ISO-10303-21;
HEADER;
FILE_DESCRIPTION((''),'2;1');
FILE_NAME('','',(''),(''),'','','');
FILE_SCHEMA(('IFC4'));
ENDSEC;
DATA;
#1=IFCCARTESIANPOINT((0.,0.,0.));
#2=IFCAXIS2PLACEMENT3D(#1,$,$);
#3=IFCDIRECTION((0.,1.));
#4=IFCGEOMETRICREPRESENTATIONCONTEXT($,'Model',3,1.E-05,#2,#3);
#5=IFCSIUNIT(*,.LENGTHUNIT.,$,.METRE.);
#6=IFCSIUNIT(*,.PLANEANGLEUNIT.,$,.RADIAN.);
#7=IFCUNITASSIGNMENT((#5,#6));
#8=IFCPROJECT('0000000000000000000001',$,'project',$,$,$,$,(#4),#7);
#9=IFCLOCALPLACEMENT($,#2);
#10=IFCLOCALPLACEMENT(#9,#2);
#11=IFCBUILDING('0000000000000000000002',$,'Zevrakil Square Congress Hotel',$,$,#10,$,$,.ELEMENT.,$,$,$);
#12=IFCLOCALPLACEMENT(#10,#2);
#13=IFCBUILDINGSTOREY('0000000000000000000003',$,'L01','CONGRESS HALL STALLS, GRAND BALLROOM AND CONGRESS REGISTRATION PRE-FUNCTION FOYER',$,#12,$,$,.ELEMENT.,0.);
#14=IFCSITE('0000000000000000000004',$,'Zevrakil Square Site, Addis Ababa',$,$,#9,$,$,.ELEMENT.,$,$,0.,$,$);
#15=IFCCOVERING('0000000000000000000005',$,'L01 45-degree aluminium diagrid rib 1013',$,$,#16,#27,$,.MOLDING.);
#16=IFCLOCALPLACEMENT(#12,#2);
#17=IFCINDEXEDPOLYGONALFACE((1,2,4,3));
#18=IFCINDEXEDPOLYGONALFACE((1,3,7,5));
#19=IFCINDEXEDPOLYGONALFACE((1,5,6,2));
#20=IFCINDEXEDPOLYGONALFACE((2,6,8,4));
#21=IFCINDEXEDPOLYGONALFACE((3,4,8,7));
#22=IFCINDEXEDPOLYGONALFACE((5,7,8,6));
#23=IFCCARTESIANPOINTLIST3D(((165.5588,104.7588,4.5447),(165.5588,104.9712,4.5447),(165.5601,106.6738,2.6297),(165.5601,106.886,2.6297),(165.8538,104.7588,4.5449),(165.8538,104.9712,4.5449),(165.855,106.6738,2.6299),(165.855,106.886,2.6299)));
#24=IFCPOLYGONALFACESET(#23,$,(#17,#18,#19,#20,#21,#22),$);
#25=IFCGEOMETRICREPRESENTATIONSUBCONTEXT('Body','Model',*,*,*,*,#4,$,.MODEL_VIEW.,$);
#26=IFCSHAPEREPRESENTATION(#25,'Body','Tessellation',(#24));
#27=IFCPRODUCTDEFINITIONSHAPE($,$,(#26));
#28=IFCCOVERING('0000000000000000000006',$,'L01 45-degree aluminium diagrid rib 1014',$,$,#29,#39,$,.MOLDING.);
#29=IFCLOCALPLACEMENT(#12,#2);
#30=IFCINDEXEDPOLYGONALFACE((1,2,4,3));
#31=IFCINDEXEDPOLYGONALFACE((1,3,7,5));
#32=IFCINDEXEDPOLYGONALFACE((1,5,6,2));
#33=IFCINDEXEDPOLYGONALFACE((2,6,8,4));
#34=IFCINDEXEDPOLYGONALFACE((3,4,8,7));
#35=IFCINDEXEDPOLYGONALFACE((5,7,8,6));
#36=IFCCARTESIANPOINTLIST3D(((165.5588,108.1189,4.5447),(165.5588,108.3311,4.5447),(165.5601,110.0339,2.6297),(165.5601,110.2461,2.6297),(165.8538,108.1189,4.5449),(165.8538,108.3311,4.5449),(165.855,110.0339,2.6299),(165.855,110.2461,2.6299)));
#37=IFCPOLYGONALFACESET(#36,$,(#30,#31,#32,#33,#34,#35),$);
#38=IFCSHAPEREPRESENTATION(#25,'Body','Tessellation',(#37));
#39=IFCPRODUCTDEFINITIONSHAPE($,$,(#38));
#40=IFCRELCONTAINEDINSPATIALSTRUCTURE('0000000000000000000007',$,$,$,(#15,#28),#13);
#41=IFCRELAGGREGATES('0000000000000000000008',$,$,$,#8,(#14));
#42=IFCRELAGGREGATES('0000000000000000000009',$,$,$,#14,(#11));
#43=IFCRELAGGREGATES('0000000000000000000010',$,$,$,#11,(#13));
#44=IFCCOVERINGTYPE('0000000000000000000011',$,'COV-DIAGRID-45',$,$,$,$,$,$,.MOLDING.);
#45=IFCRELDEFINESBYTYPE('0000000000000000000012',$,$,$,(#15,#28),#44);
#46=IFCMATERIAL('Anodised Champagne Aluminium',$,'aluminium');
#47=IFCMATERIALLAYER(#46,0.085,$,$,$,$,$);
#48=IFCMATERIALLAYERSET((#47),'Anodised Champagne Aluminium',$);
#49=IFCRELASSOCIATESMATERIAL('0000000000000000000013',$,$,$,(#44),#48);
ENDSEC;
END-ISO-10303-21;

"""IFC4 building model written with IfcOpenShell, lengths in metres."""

from ifc_helpers import new_model, si_unit, direction, frame, origin, place, context, subcontext, project, spatial, polyline, outline, extrude, material, layer, layer_set, type_object, element, save


model = new_model("IFC4")

# Units and contexts
model_context = context("Model", 3, precision=1e-05, world=origin(), true_north=direction((0.0, 1.0)))
body_context = subcontext(model_context, "Body", "Model", "MODEL_VIEW")
ifc_project = project(units=[si_unit("LENGTHUNIT", "METRE"), si_unit("PLANEANGLEUNIT", "RADIAN")], contexts=[model_context])

# Site, building, storey
site_placement = place(None, origin())
site = spatial("IfcSite", under=ifc_project, at=site_placement, Name="Zevrakil Square Site, Addis Ababa", CompositionType="ELEMENT", RefElevation=0.0)
building_placement = place(site_placement, origin())
building = spatial("IfcBuilding", under=site, at=building_placement, Name="Zevrakil Square Congress Hotel", CompositionType="ELEMENT")
storey_placement = place(building_placement, origin())
storey = spatial("IfcBuildingStorey", under=building, at=storey_placement, Name="L01", Description="CONGRESS HALL STALLS, GRAND BALLROOM AND CONGRESS REGISTRATION PRE-FUNCTION FOYER", CompositionType="ELEMENT", Elevation=0.0)

# Coverings
ifc_material_1 = material(Name="Anodised Champagne Aluminium", Category="aluminium")
ifc_layer_1 = layer(ifc_material_1, 0.085)
ifc_layer_set_1 = layer_set([ifc_layer_1], Name="Anodised Champagne Aluminium")
covering_type_1 = type_object("IfcCoveringType", Name="COV-DIAGRID-45", PredefinedType="MOLDING", material=ifc_layer_set_1)
covering_1_placement = place(storey_placement, frame((165.8538, 104.7588, 4.5449), z_axis=(1.0, 0.0, 0.000637), x_axis=(0.0, 1.0, 0.0)))
element("IfcCovering", 1, at=covering_1_placement, inside=storey, type_object=covering_type_1, Name="L01 45-degree aluminium diagrid rib 1013", PredefinedType="MOLDING", context=body_context, shape_type="SweptSolid", body=[
    extrude(outline(polyline([(0.0, 0.0), (0.2124, 0.0), (2.1272, -1.915), (1.915, -1.915), (0.0, 0.0)])), origin(), (0.0, 0.0, -1.0), 0.2949),
])
covering_2_placement = place(storey_placement, frame((165.8538, 108.1189, 4.5449), z_axis=(1.0, 0.0, 0.000637), x_axis=(0.0, 1.0, 0.0)))
element("IfcCovering", 2, at=covering_2_placement, inside=storey, type_object=covering_type_1, Name="L01 45-degree aluminium diagrid rib 1014", PredefinedType="MOLDING", context=body_context, shape_type="SweptSolid", body=[
    extrude(outline(polyline([(0.0, 0.0), (0.2122, 0.0), (2.1272, -1.915), (1.915, -1.915), (0.0, 0.0)])), origin(), (0.0, 0.0, -1.0), 0.2949),
])

save(model, "model.ifc")
